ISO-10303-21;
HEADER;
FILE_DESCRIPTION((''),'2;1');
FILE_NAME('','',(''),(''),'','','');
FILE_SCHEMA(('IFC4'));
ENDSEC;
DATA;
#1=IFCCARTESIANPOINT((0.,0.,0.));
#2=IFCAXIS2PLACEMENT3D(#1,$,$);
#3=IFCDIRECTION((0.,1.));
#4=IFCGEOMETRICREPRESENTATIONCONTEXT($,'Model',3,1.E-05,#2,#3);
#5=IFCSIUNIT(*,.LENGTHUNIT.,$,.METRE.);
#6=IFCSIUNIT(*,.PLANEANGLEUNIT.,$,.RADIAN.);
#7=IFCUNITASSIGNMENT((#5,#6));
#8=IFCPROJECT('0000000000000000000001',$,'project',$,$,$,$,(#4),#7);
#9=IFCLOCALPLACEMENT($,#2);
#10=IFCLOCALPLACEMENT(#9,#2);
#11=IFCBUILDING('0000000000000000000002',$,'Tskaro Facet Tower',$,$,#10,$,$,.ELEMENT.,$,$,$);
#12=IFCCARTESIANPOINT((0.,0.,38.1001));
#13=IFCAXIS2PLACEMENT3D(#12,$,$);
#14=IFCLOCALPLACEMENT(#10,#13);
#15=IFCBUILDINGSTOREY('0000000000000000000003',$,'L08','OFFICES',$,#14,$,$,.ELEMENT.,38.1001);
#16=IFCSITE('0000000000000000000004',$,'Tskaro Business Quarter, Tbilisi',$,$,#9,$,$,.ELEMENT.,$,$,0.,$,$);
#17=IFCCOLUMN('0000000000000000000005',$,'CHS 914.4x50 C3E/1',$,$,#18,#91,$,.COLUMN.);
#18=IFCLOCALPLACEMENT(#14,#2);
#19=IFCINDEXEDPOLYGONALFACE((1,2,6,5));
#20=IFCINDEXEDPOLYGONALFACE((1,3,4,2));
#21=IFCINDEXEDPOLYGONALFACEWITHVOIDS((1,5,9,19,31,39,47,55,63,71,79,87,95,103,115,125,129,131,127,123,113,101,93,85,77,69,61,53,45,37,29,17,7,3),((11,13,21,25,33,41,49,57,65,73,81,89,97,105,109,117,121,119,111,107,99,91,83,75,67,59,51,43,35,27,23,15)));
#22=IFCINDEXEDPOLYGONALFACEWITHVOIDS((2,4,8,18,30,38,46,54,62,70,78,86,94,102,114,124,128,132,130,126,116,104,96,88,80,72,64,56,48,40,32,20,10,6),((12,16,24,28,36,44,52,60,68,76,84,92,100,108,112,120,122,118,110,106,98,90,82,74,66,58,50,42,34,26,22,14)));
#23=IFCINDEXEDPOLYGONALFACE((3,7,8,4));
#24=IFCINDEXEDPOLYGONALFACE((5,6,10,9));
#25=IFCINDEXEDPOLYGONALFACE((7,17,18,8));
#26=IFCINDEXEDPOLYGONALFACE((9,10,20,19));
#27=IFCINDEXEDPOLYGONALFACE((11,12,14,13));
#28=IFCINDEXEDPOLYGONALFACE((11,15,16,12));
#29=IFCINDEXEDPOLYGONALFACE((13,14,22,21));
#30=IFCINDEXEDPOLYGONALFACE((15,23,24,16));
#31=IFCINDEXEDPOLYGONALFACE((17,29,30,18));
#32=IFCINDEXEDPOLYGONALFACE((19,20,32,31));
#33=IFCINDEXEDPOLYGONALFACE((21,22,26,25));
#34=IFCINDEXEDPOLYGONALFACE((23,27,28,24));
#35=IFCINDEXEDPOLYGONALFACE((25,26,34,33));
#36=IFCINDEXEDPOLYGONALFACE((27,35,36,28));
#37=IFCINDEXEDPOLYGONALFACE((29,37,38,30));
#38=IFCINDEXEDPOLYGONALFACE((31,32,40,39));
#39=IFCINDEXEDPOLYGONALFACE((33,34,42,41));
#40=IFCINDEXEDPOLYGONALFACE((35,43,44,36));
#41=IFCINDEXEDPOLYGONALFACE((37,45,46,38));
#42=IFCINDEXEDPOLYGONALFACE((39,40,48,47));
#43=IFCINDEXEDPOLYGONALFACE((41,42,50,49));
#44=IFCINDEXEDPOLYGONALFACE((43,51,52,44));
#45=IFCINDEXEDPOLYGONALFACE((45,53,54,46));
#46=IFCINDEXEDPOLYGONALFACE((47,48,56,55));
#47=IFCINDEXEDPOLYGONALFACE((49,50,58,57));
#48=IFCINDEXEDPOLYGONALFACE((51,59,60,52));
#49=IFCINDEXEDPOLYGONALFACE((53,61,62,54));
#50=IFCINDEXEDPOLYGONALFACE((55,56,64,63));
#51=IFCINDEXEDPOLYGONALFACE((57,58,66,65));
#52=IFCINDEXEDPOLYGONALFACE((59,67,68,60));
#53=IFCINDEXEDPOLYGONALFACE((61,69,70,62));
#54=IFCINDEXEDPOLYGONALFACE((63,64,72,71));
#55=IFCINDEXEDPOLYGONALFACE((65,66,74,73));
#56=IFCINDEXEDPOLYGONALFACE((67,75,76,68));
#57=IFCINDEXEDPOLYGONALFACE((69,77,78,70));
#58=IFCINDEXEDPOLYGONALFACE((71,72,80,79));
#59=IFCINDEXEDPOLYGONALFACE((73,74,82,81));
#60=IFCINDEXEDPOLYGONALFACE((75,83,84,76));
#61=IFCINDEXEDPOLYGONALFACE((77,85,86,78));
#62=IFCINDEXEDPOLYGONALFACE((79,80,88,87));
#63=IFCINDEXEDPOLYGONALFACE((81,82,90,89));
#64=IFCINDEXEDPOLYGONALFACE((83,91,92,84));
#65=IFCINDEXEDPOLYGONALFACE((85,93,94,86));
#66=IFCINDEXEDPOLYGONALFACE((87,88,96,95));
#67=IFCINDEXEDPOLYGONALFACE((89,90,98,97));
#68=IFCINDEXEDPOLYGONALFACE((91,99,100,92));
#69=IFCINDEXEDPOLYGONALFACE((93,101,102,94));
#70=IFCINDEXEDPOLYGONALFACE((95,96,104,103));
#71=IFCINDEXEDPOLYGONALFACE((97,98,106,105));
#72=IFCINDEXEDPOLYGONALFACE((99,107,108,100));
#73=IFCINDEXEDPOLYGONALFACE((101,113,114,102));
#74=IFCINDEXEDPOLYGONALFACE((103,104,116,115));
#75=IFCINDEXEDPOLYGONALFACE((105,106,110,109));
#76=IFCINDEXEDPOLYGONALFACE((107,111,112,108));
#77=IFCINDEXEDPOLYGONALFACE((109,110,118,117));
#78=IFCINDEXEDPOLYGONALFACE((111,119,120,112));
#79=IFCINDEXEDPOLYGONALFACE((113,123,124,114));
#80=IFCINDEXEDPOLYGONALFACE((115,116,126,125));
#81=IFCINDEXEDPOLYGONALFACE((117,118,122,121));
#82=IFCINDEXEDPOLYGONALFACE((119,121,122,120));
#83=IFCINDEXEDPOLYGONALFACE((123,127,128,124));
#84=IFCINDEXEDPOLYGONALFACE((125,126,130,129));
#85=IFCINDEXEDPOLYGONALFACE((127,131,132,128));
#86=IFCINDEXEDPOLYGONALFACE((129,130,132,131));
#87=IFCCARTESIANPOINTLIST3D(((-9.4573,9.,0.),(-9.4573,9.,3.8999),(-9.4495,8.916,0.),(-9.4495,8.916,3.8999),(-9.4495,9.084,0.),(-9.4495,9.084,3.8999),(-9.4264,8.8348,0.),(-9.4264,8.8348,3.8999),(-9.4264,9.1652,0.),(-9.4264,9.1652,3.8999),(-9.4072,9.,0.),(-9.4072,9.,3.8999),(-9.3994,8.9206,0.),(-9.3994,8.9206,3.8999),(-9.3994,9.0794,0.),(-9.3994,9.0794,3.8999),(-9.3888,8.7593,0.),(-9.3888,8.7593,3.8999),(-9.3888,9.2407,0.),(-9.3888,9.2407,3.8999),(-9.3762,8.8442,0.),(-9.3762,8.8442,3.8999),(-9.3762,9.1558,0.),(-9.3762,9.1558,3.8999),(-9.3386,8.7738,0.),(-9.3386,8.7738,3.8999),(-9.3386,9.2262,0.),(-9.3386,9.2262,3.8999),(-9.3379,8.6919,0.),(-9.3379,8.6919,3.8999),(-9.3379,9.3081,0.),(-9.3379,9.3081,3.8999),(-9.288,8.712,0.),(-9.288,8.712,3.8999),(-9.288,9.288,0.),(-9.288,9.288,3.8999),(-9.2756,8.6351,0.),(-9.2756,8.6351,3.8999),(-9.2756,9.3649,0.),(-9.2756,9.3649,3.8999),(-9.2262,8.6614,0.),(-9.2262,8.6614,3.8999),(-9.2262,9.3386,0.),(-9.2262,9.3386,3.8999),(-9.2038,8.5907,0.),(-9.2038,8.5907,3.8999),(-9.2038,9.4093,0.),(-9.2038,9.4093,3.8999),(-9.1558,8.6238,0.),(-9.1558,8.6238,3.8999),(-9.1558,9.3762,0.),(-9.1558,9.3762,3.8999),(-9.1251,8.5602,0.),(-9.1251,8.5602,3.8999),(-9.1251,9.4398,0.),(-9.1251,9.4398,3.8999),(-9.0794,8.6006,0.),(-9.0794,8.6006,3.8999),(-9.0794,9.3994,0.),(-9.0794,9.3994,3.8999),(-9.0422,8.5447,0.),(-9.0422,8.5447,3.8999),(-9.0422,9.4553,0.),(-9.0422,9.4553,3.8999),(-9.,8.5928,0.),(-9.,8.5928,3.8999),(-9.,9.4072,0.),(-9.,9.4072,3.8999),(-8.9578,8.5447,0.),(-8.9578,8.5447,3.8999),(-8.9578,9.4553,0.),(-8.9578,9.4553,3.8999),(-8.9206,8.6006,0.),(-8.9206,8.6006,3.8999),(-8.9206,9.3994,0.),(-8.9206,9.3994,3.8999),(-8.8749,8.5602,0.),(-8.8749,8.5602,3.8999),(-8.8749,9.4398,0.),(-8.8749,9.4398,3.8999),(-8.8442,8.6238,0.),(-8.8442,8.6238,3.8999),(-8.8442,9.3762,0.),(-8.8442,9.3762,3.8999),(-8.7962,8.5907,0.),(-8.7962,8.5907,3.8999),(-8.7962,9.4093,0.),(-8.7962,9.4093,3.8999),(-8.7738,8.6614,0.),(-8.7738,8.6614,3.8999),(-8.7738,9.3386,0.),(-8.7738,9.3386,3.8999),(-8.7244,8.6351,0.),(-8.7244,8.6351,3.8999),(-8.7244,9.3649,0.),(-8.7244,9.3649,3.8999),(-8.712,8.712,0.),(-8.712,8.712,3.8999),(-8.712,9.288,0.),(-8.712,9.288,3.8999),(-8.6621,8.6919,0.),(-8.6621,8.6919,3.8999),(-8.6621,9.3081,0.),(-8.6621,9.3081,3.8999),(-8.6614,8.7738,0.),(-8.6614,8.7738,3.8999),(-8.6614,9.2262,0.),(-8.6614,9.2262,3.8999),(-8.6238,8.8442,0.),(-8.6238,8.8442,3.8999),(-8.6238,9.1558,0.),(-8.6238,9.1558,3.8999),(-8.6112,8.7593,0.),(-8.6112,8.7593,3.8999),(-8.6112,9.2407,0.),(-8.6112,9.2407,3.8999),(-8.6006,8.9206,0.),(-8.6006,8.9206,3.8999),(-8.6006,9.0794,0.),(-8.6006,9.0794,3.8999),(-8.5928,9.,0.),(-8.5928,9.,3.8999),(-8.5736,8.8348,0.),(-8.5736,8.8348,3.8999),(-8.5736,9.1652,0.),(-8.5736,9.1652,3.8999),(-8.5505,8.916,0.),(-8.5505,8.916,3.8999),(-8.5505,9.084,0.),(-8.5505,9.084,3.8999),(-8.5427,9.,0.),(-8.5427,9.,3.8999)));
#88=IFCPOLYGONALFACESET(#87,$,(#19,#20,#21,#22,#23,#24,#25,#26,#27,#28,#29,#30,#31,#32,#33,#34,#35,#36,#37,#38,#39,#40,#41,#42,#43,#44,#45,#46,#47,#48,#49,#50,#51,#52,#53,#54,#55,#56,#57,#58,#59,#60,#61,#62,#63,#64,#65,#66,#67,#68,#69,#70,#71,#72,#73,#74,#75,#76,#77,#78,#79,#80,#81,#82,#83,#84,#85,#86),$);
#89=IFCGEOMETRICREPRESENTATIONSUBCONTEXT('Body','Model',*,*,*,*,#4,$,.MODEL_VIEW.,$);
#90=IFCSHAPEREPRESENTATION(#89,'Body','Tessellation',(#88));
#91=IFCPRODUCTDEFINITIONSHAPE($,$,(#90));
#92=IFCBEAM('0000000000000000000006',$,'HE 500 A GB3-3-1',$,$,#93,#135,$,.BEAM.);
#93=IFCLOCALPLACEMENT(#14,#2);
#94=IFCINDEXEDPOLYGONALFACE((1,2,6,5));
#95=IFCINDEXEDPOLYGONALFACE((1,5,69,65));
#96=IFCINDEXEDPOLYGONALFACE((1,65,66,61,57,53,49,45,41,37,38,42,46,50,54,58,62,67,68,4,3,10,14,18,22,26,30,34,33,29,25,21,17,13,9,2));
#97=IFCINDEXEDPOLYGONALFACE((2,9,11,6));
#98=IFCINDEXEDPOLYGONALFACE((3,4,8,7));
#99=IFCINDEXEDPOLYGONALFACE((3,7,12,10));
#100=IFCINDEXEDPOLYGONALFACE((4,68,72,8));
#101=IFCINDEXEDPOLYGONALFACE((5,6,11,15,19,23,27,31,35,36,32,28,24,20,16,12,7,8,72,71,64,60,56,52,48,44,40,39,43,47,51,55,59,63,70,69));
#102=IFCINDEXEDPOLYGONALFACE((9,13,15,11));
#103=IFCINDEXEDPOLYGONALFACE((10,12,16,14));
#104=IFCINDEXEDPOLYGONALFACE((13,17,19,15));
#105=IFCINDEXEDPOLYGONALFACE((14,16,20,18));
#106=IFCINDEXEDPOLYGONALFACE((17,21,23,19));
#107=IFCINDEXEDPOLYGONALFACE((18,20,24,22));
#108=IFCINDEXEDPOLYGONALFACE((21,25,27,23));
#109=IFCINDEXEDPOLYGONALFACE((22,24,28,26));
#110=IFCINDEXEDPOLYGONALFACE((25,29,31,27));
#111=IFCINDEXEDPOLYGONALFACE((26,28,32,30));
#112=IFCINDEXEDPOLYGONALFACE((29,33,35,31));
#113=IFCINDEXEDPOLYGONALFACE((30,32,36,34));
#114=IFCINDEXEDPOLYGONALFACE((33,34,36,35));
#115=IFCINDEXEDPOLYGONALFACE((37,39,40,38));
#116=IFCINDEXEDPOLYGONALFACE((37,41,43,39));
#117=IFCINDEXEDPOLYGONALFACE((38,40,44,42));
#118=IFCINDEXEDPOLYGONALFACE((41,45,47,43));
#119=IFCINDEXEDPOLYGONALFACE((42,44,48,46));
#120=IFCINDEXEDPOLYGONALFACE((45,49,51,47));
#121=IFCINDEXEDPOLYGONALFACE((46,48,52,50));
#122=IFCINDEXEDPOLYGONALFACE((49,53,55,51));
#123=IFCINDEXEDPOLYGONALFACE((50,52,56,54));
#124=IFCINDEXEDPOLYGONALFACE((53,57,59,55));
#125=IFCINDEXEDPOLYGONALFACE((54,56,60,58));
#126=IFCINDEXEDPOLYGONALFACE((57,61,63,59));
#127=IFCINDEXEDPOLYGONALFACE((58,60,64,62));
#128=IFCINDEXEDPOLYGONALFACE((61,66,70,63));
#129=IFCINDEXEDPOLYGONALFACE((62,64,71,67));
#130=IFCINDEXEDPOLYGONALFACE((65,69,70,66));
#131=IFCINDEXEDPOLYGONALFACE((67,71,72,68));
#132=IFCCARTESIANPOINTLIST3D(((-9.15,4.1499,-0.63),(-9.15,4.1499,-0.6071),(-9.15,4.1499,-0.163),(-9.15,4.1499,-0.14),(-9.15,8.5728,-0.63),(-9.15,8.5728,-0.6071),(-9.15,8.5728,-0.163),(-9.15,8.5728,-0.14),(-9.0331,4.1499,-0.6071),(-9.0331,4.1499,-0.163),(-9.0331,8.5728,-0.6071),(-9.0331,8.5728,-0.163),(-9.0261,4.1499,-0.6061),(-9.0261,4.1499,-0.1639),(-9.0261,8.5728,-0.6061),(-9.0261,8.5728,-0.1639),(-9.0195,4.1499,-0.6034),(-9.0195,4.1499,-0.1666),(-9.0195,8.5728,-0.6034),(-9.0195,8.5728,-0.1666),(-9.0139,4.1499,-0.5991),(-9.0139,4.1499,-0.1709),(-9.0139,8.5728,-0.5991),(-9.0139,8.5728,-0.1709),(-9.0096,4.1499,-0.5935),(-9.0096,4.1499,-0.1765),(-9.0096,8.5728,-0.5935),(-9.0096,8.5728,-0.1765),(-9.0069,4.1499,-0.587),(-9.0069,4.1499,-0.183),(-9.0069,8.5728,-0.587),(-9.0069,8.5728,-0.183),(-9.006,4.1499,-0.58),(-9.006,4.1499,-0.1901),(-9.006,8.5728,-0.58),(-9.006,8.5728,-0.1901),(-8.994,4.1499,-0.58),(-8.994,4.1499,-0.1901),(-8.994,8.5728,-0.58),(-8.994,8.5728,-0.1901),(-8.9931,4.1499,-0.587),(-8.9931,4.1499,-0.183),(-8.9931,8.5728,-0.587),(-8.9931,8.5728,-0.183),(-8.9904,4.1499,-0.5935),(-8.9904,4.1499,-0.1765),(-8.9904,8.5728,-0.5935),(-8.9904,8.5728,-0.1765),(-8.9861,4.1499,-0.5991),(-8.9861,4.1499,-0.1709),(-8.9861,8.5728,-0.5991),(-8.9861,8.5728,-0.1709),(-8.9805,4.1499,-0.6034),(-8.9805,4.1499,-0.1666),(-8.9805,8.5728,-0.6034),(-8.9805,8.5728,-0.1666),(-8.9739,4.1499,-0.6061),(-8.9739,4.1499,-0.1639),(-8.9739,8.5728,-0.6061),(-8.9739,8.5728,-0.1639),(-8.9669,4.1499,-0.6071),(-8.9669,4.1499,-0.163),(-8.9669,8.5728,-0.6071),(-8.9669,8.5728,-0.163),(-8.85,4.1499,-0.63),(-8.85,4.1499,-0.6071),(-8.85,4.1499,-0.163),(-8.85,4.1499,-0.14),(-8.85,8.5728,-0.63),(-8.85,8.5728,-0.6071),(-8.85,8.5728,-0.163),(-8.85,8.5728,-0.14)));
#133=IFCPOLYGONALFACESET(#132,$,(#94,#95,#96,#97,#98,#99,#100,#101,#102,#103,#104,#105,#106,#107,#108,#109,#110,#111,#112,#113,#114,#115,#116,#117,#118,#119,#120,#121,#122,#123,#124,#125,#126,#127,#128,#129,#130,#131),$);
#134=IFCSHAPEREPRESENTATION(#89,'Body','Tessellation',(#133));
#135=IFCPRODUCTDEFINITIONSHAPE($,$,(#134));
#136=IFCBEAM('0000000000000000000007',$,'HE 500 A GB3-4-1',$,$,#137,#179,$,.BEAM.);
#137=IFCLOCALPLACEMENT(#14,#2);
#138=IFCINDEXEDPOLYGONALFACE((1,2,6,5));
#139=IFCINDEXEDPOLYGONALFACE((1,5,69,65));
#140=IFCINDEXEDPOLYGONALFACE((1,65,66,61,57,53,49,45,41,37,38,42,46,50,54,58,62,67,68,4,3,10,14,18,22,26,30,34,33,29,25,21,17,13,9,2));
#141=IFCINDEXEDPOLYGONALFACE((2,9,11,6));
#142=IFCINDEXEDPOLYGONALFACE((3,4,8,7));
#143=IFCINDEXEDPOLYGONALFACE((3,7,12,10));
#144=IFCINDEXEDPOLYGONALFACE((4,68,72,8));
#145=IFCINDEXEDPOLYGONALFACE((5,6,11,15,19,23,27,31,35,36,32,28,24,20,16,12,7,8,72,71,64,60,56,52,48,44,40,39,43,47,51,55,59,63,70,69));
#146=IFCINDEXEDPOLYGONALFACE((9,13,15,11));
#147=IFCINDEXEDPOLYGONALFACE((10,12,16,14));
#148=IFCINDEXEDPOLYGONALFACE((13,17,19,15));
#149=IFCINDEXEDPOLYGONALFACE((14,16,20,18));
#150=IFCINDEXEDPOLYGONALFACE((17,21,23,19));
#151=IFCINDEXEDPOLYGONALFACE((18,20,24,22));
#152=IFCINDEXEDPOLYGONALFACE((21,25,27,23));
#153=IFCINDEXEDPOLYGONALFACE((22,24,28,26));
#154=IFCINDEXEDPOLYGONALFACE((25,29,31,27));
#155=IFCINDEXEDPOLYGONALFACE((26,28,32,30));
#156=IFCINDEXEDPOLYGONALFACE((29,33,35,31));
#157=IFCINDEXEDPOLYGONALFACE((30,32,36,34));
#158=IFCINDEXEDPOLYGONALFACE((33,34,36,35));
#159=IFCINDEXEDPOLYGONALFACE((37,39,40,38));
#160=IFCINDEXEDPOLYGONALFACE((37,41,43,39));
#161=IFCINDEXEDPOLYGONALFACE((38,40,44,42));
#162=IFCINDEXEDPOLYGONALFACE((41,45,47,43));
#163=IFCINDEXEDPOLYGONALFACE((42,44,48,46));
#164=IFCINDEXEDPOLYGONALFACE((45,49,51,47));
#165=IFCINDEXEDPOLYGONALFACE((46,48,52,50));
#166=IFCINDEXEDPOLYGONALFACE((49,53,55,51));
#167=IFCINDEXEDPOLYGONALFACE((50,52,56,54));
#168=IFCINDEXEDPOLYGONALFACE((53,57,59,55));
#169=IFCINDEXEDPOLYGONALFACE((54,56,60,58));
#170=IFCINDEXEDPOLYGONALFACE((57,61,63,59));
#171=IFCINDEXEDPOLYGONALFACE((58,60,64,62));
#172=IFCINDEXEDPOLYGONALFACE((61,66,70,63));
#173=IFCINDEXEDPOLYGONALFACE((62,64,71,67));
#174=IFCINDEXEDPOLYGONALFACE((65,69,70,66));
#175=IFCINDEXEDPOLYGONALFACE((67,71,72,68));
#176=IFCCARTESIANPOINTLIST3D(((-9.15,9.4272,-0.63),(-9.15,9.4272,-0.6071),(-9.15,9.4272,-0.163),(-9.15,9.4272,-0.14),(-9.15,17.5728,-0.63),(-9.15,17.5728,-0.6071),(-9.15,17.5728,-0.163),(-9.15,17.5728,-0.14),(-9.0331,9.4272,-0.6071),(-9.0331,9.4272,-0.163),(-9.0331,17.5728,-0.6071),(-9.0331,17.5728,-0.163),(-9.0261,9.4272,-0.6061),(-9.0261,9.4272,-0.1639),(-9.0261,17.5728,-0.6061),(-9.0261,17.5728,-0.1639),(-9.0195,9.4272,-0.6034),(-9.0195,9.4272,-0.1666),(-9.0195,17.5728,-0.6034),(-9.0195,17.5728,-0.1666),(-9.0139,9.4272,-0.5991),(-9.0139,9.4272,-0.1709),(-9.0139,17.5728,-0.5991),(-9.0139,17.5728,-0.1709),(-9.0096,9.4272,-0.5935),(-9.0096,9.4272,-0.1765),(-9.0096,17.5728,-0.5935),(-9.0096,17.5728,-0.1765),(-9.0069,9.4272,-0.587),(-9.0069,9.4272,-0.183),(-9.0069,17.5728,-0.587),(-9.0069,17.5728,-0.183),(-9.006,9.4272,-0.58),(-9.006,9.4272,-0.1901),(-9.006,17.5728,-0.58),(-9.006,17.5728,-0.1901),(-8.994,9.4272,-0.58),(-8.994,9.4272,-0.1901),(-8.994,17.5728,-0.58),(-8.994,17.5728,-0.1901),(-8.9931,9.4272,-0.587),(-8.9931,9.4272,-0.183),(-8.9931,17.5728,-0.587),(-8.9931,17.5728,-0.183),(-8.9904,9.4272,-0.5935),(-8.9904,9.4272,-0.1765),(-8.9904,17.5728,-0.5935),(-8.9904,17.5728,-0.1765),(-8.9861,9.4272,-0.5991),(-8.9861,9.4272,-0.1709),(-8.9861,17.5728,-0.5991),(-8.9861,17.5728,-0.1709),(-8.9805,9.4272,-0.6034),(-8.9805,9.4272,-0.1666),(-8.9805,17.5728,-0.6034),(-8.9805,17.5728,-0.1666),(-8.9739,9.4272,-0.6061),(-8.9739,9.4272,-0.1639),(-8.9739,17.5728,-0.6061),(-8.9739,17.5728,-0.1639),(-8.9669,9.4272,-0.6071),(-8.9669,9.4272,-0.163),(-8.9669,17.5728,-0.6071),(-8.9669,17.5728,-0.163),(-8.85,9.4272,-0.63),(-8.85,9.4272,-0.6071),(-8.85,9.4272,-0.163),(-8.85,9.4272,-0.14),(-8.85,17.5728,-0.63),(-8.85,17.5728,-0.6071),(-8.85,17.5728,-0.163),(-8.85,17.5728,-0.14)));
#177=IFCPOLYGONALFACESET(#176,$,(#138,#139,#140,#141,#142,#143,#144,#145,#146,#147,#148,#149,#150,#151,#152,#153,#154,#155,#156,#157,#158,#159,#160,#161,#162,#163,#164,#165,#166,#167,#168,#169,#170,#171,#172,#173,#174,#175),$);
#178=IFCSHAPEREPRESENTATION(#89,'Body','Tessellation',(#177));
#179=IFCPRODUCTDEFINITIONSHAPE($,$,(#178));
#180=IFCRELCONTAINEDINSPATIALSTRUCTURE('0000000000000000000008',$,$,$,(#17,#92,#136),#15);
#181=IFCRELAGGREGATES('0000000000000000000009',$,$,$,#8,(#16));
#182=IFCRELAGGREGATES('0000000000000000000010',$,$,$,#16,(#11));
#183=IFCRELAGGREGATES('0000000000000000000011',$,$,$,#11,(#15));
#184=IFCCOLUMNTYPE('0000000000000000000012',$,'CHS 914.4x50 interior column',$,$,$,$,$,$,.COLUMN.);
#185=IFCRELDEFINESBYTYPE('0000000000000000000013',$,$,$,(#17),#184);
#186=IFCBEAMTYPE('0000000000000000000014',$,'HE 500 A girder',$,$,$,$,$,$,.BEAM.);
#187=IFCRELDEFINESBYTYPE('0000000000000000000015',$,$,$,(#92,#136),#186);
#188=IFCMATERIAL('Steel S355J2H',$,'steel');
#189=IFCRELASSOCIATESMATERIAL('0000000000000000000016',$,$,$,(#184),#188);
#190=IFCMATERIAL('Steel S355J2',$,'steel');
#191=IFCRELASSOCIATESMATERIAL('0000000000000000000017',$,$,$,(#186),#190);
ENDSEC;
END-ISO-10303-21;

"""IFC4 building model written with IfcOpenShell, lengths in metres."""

from ifc_helpers import new_model, si_unit, direction, frame, origin, origin_2d, place, context, subcontext, project, spatial, hollow_circle, i_section, extrude, material, material_profile, profile_set, type_object, element, save


model = new_model("IFC4")

# Units and contexts
model_context = context("Model", 3, precision=1e-05, world=origin(), true_north=direction((0.0, 1.0)))
body_context = subcontext(model_context, "Body", "Model", "MODEL_VIEW")
ifc_project = project(units=[si_unit("LENGTHUNIT", "METRE"), si_unit("PLANEANGLEUNIT", "RADIAN")], contexts=[model_context])

# Site, building, storey
site_placement = place(None, origin())
site = spatial("IfcSite", under=ifc_project, at=site_placement, Name="Tskaro Business Quarter, Tbilisi", CompositionType="ELEMENT", RefElevation=0.0)
building_placement = place(site_placement, origin())
building = spatial("IfcBuilding", under=site, at=building_placement, Name="Tskaro Facet Tower", CompositionType="ELEMENT")
storey_placement = place(building_placement, frame((0.0, 0.0, 38.1001)))
storey = spatial("IfcBuildingStorey", under=building, at=storey_placement, Name="L08", Description="OFFICES", CompositionType="ELEMENT", Elevation=38.1001)

# Column
ifc_material_1 = material(Name="Steel S355J2H", Category="steel")
ifc_material_profile_1 = material_profile(ifc_material_1, hollow_circle(Radius=0.4573, WallThickness=0.05, at=origin_2d()), Name="CHS 914.4x50")
ifc_profile_set_1 = profile_set([ifc_material_profile_1], Name="Steel S355J2H")
column_type = type_object("IfcColumnType", Name="CHS 914.4x50 interior column", PredefinedType="COLUMN", material=ifc_profile_set_1)
column_placement = place(storey_placement, frame((-9.0, 9.0, 0.0), z_axis=(0.0, 0.0, 1.0), x_axis=(1.0, 0.0, 0.0)))
element("IfcColumn", 1, at=column_placement, inside=storey, type_object=column_type, Name="CHS 914.4x50 C3E/1", PredefinedType="COLUMN", context=body_context, shape_type="SweptSolid", body=[
    extrude(hollow_circle(Radius=0.4573, WallThickness=0.05, at=origin_2d()), origin(), (0.0, 0.0, 1.0), 3.8999),
])

# Beams
ifc_material_2 = material(Name="Steel S355J2", Category="steel")
ifc_material_profile_2 = material_profile(ifc_material_2, i_section(OverallWidth=0.3, OverallDepth=0.49, WebThickness=0.012, FlangeThickness=0.0229, FilletRadius=0.0271, at=origin_2d()), Name="HE 500 A")
ifc_profile_set_2 = profile_set([ifc_material_profile_2], Name="Steel S355J2")
beam_type_1 = type_object("IfcBeamType", Name="HE 500 A girder", PredefinedType="BEAM", material=ifc_profile_set_2)
beam_1_placement = place(storey_placement, frame((-9.0, 4.1499, -0.385), z_axis=(0.0, 1.0, 0.0), x_axis=(-1.0, 0.0, 0.0)))
element("IfcBeam", 2, at=beam_1_placement, inside=storey, type_object=beam_type_1, Name="HE 500 A GB3-3-1", PredefinedType="BEAM", context=body_context, shape_type="SweptSolid", body=[
    extrude(i_section(OverallWidth=0.3, OverallDepth=0.49, WebThickness=0.012, FlangeThickness=0.0229, FilletRadius=0.0271, at=origin_2d()), origin(), (0.0, 0.0, 1.0), 4.4229),
])
beam_2_placement = place(storey_placement, frame((-9.0, 9.4272, -0.385), z_axis=(0.0, 1.0, 0.0), x_axis=(-1.0, 0.0, 0.0)))
element("IfcBeam", 3, at=beam_2_placement, inside=storey, type_object=beam_type_1, Name="HE 500 A GB3-4-1", PredefinedType="BEAM", context=body_context, shape_type="SweptSolid", body=[
    extrude(i_section(OverallWidth=0.3, OverallDepth=0.49, WebThickness=0.012, FlangeThickness=0.0229, FilletRadius=0.0271, at=origin_2d()), origin(), (0.0, 0.0, 1.0), 8.1455),
])

save(model, "model.ifc")
